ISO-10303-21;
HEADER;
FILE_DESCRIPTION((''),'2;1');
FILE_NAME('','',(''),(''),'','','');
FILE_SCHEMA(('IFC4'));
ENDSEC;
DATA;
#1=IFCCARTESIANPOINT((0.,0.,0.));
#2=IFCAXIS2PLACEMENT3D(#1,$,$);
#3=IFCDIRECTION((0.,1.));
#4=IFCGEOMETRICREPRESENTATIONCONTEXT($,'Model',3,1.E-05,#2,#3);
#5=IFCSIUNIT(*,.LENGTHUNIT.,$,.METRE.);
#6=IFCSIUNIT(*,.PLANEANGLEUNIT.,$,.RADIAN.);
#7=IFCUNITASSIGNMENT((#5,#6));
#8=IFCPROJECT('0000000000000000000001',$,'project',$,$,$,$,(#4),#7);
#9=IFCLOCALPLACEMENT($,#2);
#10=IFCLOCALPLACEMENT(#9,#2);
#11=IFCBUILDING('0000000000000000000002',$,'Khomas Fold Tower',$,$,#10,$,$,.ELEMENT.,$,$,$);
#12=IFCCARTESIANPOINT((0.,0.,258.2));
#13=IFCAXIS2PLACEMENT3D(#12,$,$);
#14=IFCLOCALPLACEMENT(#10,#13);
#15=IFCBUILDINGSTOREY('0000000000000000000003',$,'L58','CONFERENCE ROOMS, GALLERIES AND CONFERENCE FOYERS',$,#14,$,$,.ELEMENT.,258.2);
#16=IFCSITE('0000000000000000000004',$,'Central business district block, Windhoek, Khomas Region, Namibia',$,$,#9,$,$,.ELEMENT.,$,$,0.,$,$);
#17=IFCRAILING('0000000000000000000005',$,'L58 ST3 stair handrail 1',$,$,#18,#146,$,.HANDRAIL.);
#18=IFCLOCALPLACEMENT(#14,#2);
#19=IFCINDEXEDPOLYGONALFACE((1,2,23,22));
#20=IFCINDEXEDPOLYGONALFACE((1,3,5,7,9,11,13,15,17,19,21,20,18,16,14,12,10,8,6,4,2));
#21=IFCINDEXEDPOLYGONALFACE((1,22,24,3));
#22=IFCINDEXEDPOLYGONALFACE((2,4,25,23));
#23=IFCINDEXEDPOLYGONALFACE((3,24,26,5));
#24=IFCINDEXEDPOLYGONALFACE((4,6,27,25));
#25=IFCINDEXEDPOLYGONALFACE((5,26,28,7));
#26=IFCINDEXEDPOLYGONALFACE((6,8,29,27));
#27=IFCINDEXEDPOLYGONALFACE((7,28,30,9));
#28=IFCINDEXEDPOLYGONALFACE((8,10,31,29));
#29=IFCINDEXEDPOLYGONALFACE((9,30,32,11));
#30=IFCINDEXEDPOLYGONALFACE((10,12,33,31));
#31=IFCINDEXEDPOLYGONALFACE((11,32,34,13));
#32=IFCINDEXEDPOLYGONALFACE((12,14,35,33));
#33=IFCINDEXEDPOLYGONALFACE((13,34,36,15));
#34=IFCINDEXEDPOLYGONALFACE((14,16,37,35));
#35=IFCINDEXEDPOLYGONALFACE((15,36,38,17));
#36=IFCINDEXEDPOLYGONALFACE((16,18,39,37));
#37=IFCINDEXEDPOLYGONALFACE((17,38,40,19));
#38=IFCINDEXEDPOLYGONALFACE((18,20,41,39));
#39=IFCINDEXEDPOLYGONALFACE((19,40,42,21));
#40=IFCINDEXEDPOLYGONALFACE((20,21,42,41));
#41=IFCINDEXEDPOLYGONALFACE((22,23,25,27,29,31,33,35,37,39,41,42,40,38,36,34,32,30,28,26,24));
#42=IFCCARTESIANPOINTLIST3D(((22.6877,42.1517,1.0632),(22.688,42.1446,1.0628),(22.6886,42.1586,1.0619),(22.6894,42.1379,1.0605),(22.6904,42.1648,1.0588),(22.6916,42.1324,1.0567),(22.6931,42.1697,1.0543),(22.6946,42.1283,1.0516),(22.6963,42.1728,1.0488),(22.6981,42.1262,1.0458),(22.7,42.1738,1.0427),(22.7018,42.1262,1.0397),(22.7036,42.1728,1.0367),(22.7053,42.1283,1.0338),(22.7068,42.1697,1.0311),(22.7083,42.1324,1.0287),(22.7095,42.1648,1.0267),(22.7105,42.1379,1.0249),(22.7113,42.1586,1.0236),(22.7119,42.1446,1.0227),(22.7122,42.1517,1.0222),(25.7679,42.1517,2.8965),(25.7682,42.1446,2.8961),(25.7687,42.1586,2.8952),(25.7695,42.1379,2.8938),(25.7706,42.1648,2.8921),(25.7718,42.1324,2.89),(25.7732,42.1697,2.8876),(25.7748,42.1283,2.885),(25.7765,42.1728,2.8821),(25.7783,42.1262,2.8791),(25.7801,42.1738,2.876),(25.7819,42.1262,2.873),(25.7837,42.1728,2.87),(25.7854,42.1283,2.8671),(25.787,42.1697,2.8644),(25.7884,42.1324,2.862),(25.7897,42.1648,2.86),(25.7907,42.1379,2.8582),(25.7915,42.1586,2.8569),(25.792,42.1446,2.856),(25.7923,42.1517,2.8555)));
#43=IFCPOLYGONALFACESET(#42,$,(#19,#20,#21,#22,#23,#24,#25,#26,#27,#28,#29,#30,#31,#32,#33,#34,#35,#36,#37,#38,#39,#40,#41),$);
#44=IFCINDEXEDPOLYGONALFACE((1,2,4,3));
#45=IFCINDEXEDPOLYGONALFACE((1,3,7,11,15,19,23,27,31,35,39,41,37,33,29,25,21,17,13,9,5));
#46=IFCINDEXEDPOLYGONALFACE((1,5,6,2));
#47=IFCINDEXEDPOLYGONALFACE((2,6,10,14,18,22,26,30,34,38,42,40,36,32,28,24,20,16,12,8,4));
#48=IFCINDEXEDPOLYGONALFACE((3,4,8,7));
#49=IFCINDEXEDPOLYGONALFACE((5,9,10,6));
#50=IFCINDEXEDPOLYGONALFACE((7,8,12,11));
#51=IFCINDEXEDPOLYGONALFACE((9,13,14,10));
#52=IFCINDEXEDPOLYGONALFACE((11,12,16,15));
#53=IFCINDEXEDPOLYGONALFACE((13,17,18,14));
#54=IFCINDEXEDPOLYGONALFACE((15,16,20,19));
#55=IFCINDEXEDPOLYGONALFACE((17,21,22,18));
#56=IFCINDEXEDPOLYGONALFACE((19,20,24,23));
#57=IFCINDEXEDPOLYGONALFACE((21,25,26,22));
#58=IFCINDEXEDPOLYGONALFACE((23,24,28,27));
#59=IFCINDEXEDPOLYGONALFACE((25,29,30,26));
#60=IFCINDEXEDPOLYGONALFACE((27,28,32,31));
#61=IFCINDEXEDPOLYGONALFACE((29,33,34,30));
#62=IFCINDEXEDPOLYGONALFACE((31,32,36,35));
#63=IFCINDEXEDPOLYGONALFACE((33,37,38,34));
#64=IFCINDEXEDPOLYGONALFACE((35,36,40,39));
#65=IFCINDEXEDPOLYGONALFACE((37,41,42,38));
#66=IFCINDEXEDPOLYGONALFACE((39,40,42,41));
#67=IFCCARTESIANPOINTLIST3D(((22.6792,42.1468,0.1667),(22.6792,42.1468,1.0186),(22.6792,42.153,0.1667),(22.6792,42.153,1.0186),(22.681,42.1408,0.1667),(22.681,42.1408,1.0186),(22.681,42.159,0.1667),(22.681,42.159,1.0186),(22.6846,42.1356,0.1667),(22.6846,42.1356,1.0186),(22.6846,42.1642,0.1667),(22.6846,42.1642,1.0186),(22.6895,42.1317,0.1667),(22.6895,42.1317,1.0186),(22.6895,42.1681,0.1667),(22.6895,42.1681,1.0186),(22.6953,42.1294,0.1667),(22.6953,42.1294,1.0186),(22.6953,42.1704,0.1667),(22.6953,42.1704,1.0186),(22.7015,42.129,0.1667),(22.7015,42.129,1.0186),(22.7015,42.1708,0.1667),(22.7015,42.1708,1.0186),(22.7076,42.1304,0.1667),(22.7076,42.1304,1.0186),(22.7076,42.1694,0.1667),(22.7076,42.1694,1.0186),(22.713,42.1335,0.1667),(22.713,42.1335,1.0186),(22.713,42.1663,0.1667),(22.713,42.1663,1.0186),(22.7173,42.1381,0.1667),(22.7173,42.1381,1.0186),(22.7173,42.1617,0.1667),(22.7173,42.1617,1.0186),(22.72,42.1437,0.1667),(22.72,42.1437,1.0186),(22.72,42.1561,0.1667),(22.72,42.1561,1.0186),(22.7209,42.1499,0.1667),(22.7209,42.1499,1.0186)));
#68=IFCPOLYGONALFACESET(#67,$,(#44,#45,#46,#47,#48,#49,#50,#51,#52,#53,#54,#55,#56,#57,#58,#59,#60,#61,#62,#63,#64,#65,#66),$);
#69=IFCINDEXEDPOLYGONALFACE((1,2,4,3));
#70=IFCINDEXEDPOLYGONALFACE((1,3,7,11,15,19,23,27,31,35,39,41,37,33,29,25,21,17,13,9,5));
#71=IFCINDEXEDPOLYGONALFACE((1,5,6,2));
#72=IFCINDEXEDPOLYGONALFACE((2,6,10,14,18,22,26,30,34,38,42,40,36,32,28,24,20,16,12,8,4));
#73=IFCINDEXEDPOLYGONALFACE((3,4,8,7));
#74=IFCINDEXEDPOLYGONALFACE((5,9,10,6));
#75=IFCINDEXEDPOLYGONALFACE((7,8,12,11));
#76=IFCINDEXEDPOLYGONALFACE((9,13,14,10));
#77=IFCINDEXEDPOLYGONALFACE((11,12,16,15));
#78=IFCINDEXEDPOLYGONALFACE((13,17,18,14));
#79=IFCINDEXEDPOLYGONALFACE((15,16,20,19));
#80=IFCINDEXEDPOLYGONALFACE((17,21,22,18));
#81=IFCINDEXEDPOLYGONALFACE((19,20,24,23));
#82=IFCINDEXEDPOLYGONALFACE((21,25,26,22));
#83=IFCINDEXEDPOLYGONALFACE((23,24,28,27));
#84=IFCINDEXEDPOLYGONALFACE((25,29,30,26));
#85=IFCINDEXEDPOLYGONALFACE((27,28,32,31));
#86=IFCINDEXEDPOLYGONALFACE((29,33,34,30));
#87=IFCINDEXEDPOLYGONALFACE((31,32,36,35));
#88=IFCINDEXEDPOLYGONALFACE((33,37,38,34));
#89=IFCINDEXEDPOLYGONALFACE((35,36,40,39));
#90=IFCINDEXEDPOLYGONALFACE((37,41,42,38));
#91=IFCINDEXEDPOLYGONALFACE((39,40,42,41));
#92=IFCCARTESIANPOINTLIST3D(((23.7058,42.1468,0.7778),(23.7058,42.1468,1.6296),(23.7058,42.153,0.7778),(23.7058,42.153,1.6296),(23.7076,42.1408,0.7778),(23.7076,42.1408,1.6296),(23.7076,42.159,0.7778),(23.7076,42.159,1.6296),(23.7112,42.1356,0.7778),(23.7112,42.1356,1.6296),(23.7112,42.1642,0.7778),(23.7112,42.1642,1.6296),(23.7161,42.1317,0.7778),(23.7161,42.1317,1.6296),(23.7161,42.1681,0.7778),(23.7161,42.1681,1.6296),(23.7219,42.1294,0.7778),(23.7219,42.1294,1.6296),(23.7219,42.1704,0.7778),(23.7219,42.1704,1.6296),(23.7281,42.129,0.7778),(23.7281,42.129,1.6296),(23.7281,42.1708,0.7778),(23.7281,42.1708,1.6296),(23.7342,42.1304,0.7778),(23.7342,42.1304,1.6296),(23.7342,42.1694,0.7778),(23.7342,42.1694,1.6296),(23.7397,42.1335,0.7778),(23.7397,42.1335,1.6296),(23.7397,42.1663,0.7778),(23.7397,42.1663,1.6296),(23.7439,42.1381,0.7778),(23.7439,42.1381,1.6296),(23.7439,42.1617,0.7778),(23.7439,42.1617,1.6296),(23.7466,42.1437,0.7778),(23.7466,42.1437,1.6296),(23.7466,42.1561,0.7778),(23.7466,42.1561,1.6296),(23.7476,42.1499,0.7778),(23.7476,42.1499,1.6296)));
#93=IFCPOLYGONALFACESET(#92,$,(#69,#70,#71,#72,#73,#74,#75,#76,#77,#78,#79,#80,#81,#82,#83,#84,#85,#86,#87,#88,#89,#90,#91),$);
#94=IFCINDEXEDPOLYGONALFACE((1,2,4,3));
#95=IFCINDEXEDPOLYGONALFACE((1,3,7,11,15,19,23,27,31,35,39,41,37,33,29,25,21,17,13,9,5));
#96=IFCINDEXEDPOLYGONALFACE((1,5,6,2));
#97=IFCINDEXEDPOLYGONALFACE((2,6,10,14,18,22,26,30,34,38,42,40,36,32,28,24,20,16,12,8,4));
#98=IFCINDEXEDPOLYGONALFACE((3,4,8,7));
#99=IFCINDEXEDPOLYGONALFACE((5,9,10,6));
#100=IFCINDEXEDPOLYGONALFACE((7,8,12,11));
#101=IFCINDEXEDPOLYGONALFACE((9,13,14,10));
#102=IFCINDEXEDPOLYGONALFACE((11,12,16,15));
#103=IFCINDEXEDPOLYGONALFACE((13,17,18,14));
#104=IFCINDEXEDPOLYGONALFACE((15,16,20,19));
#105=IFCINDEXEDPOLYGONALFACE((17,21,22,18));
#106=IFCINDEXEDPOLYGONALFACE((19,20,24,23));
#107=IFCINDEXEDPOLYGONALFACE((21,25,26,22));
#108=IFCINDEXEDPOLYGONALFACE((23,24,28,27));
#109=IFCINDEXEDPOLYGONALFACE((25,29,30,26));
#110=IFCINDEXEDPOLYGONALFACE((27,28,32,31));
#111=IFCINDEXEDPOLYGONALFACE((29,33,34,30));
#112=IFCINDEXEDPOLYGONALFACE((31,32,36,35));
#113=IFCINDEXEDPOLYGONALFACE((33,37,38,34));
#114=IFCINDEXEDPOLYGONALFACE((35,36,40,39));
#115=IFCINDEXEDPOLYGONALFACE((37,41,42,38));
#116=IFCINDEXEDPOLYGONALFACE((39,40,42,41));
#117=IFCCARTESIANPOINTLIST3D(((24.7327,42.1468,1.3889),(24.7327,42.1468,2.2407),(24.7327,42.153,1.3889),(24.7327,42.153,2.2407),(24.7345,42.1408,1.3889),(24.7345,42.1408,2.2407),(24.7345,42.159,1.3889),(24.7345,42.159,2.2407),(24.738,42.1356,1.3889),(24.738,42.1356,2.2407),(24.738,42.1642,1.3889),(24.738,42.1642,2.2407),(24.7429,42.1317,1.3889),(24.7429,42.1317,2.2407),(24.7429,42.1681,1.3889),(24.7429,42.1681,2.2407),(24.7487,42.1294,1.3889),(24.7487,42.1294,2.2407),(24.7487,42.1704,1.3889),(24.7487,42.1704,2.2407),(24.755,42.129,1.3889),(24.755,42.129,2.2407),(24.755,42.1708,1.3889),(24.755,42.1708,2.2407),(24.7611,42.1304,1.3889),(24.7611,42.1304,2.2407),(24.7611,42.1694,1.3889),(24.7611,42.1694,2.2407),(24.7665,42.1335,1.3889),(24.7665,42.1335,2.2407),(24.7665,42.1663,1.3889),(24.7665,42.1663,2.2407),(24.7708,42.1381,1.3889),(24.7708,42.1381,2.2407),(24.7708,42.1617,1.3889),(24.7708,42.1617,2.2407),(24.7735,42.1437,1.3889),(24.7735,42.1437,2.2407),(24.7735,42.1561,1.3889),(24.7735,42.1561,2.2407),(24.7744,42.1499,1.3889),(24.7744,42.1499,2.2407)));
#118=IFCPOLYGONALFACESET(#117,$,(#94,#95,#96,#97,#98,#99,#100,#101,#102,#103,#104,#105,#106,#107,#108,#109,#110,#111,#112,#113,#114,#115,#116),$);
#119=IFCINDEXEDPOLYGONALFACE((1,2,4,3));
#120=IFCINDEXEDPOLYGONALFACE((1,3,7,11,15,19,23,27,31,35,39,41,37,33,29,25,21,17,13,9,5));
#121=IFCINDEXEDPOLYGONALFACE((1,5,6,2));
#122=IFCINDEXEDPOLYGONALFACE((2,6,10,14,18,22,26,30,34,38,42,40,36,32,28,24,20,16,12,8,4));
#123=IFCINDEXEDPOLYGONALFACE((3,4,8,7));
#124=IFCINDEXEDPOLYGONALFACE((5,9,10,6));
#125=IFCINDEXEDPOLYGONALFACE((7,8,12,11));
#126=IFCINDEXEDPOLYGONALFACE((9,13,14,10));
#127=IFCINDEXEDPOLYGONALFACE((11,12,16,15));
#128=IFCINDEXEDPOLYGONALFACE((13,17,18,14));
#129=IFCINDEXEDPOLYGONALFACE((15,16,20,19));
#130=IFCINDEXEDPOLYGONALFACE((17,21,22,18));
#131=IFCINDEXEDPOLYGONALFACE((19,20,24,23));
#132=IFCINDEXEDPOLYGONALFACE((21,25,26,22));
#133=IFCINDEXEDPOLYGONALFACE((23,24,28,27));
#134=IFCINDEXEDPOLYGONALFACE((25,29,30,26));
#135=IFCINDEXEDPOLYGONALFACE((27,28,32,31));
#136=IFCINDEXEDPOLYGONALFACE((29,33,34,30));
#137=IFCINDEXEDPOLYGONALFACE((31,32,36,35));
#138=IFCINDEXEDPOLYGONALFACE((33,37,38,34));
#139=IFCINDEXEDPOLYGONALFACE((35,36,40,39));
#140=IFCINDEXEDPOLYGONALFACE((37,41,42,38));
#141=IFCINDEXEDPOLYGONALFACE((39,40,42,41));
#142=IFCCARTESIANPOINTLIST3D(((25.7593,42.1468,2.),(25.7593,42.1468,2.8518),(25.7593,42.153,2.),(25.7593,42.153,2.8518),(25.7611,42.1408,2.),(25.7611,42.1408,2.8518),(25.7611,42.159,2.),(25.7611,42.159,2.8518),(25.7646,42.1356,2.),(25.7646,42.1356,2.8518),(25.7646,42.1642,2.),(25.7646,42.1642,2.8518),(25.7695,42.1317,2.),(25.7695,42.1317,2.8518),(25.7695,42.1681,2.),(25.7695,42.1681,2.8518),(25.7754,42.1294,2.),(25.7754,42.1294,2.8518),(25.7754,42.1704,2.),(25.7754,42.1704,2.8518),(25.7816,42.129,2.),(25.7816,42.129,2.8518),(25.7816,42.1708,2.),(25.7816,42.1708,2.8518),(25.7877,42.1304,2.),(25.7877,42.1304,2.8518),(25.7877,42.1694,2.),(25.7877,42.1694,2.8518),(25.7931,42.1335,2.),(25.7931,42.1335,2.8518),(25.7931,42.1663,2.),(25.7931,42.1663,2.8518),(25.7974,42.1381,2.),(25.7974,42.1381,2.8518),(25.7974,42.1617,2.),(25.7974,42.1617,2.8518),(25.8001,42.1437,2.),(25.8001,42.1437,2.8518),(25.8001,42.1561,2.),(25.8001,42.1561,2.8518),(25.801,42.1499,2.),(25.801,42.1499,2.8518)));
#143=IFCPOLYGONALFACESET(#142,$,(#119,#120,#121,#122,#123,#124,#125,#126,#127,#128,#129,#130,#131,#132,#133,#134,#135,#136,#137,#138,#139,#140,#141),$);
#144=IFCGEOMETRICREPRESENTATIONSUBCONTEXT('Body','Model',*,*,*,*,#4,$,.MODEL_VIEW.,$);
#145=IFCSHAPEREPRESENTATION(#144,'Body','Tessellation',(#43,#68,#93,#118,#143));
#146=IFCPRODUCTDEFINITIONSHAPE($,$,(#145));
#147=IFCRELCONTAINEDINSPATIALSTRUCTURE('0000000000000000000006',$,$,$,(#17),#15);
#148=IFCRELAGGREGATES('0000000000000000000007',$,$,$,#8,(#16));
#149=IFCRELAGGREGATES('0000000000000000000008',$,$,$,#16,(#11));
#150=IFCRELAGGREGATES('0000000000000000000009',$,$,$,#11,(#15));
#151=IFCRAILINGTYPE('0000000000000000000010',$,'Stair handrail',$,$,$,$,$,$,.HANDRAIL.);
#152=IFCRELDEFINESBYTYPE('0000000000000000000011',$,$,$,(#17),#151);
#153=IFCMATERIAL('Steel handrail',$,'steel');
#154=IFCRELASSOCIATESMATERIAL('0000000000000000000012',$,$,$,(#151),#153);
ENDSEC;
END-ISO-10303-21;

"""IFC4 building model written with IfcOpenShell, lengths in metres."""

from ifc_helpers import new_model, si_unit, direction, frame, origin, origin_2d, place, context, subcontext, project, spatial, circle, extrude, source, transform, mapped, material, type_object, element, save


model = new_model("IFC4")

# Units and contexts
model_context = context("Model", 3, precision=1e-05, world=origin(), true_north=direction((0.0, 1.0)))
body_context = subcontext(model_context, "Body", "Model", "MODEL_VIEW")
ifc_project = project(units=[si_unit("LENGTHUNIT", "METRE"), si_unit("PLANEANGLEUNIT", "RADIAN")], contexts=[model_context])

# Site, building, storey
site_placement = place(None, origin())
site = spatial("IfcSite", under=ifc_project, at=site_placement, Name="Central business district block, Windhoek, Khomas Region, Namibia", CompositionType="ELEMENT", RefElevation=0.0)
building_placement = place(site_placement, origin())
building = spatial("IfcBuilding", under=site, at=building_placement, Name="Khomas Fold Tower", CompositionType="ELEMENT")
storey_placement = place(building_placement, frame((0.0, 0.0, 258.2)))
storey = spatial("IfcBuildingStorey", under=building, at=storey_placement, Name="L58", Description="CONFERENCE ROOMS, GALLERIES AND CONFERENCE FOYERS", CompositionType="ELEMENT", Elevation=258.2)

# Railing
ifc_material_1 = material(Name="Steel handrail", Category="steel")
railing_type_1 = type_object("IfcRailingType", Name="Stair handrail", PredefinedType="HANDRAIL", material=ifc_material_1)
shared_shape_1 = source(origin(), body_context, "Body", "SweptSolid", [
    extrude(circle(Radius=0.0239, at=origin_2d()), frame((0.0, 0.0, 0.876), z_axis=(0.859309, 0.0, 0.511458), x_axis=(0.0, 1.0, 0.0)), (0.0, 0.0, 1.0), 3.5845),
    extrude(circle(Radius=0.021, at=origin_2d()), origin(), (0.0, 0.0, 1.0), 0.8518),
    extrude(circle(Radius=0.021, at=origin_2d()), frame((1.0266, 0.0, 0.6111)), (0.0, 0.0, 1.0), 0.8518),
    extrude(circle(Radius=0.021, at=origin_2d()), frame((2.0535, 0.0, 1.2222)), (0.0, 0.0, 1.0), 0.8518),
    extrude(circle(Radius=0.021, at=origin_2d()), frame((3.0801, 0.0, 1.8333)), (0.0, 0.0, 1.0), 0.8518),
])
railing_1_placement = place(storey_placement, frame((22.7, 42.1499, 0.1667)))
element("IfcRailing", 1, at=railing_1_placement, inside=storey, type_object=railing_type_1, Name="L58 ST3 stair handrail 1", PredefinedType="HANDRAIL", context=body_context, shape_type="MappedRepresentation", body=[
    mapped(shared_shape_1, transform((0.0, 0.0, 0.0))),
])

save(model, "model.ifc")
